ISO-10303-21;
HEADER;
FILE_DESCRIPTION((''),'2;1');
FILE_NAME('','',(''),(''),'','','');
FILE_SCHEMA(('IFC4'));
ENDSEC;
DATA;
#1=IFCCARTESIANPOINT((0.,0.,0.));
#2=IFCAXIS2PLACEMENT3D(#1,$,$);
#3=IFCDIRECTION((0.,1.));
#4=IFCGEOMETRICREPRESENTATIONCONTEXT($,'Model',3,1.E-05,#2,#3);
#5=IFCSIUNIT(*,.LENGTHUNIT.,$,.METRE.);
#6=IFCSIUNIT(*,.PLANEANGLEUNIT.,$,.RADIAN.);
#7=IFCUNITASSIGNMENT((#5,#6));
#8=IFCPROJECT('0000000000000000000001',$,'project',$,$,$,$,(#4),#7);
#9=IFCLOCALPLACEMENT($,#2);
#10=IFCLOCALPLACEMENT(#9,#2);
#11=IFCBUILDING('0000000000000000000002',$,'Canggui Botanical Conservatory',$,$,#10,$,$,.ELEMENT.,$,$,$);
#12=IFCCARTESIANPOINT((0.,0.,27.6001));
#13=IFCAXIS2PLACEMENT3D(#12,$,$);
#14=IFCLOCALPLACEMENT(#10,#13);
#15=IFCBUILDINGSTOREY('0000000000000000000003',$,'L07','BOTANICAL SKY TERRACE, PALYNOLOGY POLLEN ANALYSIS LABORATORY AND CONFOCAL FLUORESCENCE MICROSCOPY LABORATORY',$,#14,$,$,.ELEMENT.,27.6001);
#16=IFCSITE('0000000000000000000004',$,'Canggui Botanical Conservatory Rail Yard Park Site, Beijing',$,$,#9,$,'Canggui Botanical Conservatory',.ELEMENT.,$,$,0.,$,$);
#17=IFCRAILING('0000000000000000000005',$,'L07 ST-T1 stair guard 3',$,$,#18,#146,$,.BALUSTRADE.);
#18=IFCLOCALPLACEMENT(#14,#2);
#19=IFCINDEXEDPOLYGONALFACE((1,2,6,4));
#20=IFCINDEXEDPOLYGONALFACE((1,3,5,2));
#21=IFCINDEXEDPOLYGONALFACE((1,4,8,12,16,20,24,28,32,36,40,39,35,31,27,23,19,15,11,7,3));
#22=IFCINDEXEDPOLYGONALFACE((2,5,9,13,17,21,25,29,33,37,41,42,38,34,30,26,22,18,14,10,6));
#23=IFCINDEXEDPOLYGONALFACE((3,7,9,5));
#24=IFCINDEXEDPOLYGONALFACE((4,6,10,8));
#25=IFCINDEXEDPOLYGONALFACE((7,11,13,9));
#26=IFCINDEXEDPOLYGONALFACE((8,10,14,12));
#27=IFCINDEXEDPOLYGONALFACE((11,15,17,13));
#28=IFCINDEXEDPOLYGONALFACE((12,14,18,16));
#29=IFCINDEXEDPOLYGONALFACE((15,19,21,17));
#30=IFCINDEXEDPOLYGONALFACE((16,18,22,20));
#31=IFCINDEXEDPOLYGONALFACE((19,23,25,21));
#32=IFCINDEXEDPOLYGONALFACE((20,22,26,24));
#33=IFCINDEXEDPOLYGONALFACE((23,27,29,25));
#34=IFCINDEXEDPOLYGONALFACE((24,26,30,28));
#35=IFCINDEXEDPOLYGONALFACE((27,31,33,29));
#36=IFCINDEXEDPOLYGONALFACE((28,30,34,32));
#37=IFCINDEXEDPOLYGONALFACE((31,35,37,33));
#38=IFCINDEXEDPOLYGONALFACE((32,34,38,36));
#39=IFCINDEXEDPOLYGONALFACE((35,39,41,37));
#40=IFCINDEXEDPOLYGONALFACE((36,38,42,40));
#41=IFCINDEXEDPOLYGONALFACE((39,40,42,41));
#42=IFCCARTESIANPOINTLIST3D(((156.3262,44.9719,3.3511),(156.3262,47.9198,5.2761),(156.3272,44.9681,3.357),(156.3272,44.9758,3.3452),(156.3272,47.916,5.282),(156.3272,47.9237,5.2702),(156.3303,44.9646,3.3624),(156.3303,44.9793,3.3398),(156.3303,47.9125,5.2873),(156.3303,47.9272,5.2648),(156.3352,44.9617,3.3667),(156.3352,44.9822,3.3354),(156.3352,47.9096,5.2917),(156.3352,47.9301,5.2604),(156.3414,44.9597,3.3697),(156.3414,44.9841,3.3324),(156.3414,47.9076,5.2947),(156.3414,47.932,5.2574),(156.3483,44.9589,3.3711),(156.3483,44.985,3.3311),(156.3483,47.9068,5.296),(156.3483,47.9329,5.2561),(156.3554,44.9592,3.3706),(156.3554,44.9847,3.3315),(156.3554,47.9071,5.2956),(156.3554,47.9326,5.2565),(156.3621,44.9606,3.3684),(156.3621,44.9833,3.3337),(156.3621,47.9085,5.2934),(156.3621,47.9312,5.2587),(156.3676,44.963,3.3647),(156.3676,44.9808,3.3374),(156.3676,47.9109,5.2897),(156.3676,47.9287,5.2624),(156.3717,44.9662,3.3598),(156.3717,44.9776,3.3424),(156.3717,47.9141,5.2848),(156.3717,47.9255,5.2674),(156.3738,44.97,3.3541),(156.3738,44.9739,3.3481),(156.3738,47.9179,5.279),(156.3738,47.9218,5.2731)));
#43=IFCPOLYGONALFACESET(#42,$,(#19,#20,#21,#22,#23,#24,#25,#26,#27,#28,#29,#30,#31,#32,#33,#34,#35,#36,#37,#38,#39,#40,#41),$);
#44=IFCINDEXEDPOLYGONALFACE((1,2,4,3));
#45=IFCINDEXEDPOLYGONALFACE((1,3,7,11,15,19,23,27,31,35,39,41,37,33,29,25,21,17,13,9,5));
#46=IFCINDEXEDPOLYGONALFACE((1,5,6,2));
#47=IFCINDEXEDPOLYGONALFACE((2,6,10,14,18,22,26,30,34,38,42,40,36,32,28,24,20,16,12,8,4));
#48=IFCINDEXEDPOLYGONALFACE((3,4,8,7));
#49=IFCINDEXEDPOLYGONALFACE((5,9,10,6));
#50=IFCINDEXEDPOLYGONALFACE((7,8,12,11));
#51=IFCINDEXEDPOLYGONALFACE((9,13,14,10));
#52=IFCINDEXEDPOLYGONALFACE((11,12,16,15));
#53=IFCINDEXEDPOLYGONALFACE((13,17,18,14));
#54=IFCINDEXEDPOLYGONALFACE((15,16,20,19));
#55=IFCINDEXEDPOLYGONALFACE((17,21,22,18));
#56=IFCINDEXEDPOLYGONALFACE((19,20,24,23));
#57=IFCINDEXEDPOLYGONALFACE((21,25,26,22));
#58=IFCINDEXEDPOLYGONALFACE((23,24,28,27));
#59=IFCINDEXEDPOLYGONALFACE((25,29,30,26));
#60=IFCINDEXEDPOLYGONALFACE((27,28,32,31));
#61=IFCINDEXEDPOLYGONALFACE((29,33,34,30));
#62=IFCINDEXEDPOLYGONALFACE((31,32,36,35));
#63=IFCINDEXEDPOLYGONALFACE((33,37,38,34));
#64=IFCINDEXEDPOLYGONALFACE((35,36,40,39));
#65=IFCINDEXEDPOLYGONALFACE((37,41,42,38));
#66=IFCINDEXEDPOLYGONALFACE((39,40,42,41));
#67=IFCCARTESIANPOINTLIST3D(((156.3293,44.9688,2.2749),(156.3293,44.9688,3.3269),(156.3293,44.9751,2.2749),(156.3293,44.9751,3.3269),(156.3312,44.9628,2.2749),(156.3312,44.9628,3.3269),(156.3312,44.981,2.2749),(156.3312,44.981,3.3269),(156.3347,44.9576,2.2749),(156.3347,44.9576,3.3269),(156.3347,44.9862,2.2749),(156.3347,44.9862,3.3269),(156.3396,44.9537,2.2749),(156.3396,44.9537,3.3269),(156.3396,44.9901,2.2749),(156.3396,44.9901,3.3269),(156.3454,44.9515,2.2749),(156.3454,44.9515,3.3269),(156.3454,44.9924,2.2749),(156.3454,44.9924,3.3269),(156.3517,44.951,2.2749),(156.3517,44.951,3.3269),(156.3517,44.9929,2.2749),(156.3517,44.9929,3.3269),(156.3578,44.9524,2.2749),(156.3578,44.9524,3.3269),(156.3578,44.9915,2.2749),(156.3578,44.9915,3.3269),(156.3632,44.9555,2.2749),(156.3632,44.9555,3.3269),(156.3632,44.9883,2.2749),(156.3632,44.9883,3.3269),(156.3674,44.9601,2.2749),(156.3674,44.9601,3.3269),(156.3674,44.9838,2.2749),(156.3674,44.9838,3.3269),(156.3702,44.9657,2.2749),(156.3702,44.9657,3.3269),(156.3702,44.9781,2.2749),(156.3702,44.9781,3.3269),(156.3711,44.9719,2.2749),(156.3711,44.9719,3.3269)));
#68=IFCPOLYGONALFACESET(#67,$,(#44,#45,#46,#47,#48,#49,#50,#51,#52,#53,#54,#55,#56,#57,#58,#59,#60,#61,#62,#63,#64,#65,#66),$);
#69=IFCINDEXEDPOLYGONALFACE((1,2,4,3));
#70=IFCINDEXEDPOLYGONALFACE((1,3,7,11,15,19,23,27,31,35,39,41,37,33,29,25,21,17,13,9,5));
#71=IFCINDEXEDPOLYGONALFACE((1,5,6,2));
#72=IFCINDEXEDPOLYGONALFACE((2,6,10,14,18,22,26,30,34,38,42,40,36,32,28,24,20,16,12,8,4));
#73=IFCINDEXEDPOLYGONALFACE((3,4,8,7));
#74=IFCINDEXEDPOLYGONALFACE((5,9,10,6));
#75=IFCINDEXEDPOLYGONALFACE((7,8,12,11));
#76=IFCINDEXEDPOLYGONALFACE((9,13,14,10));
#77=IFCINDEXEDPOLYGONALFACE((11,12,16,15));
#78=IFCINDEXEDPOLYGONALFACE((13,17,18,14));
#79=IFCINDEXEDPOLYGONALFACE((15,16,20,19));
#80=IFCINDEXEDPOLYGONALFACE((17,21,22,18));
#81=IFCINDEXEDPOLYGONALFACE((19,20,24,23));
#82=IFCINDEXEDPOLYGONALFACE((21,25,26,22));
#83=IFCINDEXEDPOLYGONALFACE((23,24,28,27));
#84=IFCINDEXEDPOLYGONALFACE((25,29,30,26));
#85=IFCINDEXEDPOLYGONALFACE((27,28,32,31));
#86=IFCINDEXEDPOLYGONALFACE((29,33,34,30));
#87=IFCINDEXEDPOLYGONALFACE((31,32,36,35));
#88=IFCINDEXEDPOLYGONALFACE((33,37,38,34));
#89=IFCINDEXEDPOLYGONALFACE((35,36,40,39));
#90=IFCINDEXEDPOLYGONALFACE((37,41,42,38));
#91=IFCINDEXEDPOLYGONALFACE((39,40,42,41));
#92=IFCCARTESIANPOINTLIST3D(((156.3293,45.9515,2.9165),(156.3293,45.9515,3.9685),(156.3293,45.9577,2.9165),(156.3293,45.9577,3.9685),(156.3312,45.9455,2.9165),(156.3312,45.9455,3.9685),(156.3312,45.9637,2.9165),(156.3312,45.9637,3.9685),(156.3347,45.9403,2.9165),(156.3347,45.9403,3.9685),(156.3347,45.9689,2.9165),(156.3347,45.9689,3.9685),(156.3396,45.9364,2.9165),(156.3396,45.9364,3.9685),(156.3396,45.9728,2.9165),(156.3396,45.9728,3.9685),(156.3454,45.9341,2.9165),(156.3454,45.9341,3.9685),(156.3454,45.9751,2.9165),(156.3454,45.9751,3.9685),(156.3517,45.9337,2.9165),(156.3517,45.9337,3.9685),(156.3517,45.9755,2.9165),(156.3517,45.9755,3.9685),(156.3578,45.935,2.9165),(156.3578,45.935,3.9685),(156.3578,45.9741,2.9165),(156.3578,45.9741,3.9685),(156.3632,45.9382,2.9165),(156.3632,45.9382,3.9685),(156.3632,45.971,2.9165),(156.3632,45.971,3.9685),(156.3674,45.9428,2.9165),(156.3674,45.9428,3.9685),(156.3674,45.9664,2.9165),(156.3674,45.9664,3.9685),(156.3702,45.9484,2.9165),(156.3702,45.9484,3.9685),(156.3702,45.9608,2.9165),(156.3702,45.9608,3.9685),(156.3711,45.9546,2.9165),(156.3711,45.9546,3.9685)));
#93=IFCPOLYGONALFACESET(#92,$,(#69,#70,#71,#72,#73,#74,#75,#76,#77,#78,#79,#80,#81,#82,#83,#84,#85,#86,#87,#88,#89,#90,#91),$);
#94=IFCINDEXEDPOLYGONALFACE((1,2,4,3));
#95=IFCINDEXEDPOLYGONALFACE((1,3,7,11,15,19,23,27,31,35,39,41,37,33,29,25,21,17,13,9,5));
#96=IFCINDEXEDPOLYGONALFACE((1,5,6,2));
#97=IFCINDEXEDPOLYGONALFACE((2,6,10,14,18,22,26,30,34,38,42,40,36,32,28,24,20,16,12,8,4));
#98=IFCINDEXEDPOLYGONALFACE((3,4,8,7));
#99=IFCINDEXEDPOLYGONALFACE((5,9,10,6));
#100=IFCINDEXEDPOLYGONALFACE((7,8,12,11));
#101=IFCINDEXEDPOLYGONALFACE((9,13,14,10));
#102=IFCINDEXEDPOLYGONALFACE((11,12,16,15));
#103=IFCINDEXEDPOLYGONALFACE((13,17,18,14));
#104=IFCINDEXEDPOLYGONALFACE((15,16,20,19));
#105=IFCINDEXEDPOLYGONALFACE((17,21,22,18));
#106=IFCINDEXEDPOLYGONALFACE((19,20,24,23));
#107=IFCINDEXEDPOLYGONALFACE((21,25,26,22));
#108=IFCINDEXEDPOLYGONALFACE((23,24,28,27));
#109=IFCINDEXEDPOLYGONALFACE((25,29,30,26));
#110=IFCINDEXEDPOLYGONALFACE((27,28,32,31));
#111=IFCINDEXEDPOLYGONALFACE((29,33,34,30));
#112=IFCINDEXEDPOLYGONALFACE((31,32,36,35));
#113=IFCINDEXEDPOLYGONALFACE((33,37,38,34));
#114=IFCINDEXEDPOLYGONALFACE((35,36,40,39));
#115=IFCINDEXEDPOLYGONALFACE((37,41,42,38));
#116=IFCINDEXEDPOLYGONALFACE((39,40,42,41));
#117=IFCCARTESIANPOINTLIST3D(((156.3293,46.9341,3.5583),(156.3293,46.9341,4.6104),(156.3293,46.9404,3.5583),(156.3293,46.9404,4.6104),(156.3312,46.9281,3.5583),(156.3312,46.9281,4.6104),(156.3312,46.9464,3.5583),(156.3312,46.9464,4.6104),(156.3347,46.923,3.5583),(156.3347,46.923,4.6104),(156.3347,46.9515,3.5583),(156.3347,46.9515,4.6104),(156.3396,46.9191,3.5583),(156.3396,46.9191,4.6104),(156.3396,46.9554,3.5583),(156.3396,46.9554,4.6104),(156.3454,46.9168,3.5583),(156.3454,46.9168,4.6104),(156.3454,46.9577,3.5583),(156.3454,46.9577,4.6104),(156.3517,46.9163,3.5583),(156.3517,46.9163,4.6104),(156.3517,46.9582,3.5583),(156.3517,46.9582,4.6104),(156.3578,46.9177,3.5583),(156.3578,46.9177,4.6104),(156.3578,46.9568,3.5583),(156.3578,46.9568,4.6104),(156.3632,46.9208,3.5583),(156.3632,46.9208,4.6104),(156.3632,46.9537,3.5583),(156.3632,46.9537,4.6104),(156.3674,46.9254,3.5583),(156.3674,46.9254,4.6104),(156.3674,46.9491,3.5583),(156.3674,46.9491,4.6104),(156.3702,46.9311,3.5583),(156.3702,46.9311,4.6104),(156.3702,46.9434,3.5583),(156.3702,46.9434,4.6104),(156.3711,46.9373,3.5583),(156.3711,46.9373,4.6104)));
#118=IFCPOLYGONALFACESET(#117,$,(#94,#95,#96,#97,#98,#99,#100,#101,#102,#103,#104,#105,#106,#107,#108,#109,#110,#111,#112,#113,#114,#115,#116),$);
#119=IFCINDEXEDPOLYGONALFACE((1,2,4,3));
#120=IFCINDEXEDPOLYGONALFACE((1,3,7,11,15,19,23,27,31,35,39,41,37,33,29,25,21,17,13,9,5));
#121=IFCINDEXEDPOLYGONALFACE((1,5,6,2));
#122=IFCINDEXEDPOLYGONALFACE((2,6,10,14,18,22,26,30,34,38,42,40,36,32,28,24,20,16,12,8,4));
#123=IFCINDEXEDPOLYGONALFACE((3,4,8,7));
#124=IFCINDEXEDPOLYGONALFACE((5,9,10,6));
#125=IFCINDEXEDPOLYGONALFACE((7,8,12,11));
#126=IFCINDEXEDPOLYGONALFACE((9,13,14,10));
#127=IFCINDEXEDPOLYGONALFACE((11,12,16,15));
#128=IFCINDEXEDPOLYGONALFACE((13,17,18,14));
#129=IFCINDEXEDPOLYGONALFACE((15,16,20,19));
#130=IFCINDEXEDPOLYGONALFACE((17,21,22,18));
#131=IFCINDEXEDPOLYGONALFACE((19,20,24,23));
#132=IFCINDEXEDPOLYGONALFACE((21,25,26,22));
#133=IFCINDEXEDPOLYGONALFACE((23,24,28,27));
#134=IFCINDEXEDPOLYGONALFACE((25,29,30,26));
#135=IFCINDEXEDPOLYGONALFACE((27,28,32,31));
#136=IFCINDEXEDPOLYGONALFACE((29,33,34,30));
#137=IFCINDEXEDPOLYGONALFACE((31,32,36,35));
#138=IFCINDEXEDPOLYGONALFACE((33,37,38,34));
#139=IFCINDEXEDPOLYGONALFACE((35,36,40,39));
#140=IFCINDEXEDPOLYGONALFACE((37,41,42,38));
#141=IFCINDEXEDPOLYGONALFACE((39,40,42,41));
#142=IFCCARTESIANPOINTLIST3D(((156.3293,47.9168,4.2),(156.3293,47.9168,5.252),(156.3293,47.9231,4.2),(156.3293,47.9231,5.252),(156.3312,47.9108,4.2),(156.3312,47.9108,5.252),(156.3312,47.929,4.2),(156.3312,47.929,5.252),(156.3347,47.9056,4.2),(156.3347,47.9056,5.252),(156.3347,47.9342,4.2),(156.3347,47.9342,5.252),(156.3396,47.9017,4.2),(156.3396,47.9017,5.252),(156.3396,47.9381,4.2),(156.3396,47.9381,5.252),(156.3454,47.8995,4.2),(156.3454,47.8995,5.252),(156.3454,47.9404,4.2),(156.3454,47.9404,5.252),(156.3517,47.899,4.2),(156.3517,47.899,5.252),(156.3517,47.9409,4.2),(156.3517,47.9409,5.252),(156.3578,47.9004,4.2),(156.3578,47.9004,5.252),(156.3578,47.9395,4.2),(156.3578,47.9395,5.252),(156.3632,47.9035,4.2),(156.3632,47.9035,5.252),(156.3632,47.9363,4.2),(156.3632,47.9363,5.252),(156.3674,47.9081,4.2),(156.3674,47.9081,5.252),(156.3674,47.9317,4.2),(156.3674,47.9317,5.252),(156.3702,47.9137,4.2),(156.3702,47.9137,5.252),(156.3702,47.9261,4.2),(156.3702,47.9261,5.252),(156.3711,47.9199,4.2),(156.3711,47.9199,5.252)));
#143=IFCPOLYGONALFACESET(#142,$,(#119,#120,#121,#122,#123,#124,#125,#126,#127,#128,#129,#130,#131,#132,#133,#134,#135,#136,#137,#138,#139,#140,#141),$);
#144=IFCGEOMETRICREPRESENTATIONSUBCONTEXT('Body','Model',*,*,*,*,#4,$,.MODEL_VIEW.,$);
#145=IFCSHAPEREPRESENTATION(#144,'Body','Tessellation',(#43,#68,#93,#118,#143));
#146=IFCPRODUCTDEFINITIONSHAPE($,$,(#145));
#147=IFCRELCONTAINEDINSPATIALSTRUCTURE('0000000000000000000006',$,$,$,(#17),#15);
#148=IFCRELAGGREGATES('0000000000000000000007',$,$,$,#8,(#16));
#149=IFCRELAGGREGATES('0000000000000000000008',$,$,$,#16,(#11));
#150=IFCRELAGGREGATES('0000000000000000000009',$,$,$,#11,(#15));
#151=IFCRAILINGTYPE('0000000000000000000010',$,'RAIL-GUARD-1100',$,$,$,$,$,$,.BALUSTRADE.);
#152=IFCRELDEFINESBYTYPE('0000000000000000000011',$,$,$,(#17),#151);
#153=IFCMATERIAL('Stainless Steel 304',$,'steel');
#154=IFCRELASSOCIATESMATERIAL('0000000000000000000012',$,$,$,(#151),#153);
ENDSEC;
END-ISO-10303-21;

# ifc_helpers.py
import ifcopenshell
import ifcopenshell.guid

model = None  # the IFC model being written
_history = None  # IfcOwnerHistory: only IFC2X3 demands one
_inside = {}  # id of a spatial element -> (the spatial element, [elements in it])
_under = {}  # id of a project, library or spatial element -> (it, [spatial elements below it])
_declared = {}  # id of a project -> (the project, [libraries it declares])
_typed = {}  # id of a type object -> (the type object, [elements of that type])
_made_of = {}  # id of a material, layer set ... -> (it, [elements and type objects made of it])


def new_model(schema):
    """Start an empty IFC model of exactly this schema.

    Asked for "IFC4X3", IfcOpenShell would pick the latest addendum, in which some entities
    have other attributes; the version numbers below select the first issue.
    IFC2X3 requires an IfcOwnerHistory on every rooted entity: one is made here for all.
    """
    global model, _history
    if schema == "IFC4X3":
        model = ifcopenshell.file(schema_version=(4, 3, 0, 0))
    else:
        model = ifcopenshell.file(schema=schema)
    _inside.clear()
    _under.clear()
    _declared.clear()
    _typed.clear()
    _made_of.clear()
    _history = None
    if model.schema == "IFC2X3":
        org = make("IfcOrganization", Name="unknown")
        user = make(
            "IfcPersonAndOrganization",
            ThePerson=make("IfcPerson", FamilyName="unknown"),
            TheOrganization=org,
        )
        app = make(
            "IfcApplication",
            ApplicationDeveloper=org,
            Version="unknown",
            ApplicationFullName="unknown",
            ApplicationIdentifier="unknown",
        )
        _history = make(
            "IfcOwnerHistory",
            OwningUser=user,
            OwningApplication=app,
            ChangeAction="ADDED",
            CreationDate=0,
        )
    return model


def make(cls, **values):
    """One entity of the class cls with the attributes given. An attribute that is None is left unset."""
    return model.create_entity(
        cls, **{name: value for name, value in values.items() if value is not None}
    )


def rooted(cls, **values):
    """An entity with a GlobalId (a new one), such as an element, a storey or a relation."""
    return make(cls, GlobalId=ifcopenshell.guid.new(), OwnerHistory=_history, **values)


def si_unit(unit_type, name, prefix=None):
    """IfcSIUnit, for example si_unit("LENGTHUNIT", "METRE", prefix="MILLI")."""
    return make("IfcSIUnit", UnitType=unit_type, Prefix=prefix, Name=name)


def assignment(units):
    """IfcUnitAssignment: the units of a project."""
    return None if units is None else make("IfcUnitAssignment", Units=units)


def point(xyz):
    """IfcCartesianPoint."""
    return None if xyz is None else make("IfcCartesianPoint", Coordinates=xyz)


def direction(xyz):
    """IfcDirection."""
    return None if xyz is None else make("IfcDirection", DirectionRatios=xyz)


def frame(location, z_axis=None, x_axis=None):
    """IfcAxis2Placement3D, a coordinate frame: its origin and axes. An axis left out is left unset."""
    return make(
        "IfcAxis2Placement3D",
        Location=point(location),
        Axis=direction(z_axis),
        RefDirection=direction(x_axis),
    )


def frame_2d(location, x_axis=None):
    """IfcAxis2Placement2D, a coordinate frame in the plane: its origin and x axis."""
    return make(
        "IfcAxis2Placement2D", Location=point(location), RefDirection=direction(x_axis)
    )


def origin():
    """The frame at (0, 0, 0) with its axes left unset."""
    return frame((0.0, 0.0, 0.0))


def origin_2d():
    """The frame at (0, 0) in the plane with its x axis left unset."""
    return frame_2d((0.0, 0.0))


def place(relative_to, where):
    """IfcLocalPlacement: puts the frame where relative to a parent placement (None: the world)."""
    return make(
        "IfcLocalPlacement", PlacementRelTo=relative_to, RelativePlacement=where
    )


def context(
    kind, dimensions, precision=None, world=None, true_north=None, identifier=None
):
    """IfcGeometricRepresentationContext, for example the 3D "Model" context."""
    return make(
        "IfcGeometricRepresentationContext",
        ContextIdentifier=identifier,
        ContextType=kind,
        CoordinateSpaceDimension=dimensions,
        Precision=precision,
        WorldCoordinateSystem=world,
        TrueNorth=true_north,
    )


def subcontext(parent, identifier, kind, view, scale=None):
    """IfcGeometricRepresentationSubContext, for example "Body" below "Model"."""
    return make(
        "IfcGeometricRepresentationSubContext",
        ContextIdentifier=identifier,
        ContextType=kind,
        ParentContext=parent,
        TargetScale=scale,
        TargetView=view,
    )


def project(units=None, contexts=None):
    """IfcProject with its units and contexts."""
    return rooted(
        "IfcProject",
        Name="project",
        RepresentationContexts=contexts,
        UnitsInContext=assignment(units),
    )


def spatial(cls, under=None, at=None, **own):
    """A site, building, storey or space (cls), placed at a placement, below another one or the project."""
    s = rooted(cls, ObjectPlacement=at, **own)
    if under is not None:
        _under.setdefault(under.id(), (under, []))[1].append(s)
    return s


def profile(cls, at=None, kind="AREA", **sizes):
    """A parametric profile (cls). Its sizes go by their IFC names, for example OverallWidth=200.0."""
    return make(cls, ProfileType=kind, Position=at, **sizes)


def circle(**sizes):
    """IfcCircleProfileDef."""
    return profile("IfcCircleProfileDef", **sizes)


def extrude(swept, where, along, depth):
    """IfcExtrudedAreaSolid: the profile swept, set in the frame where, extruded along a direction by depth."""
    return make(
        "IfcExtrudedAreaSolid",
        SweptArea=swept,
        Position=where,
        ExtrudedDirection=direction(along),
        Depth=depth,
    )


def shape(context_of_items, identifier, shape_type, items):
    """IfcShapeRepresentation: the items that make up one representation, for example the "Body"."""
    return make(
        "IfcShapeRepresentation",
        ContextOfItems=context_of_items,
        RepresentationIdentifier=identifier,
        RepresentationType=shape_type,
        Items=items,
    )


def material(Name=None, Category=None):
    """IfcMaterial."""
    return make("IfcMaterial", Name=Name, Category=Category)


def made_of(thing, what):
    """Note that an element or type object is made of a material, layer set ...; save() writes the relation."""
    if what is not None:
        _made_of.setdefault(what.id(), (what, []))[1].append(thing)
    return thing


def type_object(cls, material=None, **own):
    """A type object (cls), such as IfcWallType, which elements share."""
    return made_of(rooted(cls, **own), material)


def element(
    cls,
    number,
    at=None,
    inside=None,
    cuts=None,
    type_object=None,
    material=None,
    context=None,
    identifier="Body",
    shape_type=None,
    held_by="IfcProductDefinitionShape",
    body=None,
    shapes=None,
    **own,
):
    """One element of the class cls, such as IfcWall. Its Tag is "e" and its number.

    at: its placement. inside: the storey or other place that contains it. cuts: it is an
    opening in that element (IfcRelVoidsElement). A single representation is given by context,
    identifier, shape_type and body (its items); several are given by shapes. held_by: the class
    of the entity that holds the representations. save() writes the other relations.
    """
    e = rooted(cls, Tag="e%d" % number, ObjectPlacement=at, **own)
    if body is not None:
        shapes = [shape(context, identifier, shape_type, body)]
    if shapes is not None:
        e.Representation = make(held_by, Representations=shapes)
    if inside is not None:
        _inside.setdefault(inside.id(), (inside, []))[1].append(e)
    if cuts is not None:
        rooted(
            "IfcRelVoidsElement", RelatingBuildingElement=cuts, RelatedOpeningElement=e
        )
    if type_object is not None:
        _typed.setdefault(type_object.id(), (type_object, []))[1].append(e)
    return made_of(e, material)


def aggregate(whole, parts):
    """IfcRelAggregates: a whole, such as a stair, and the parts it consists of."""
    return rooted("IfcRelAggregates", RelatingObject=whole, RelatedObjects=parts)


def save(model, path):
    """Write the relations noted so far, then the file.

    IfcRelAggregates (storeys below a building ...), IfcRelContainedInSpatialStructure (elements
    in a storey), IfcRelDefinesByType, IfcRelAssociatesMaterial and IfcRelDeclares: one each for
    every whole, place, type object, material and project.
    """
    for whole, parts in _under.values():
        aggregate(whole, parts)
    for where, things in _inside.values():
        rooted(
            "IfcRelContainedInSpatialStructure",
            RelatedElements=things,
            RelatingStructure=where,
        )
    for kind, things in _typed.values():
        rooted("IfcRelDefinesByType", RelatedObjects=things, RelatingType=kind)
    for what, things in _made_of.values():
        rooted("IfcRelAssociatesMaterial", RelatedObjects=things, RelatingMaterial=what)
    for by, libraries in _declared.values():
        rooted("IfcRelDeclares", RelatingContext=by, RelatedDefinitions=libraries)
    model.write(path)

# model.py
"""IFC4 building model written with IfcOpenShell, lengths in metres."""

from ifc_helpers import new_model, si_unit, direction, frame, origin, origin_2d, place, context, subcontext, project, spatial, circle, extrude, material, type_object, element, save


model = new_model("IFC4")

# Units and contexts
model_context = context("Model", 3, precision=1e-05, world=origin(), true_north=direction((0.0, 1.0)))
body_context = subcontext(model_context, "Body", "Model", "MODEL_VIEW")
ifc_project = project(units=[si_unit("LENGTHUNIT", "METRE"), si_unit("PLANEANGLEUNIT", "RADIAN")], contexts=[model_context])

# Site, building, storey
site_placement = place(None, origin())
site = spatial("IfcSite", under=ifc_project, at=site_placement, Name="Canggui Botanical Conservatory Rail Yard Park Site, Beijing", LongName="Canggui Botanical Conservatory", CompositionType="ELEMENT", RefElevation=0.0)
building_placement = place(site_placement, origin())
building = spatial("IfcBuilding", under=site, at=building_placement, Name="Canggui Botanical Conservatory", CompositionType="ELEMENT")
storey_placement = place(building_placement, frame((0.0, 0.0, 27.6001)))
storey = spatial("IfcBuildingStorey", under=building, at=storey_placement, Name="L07", Description="BOTANICAL SKY TERRACE, PALYNOLOGY POLLEN ANALYSIS LABORATORY AND CONFOCAL FLUORESCENCE MICROSCOPY LABORATORY", CompositionType="ELEMENT", Elevation=27.6001)

# Shared definitions
ifc_material_1 = material(Name="Stainless Steel 304", Category="steel")

# Railing
railing_type_1 = type_object("IfcRailingType", Name="RAIL-GUARD-1100", PredefinedType="BALUSTRADE", material=ifc_material_1)
railing_1_placement = place(storey_placement, frame((156.3501, 44.9719, 2.2749)))
element("IfcRailing", 1, at=railing_1_placement, inside=storey, type_object=railing_type_1, Name="L07 ST-T1 stair guard 3", PredefinedType="BALUSTRADE", context=body_context, shape_type="SweptSolid", body=[
    extrude(circle(Radius=0.0239, at=origin_2d()), frame((0.0, 0.0, 1.0762), z_axis=(0.0, 0.837293, 0.546754), x_axis=(-1.0, 0.0, 0.0)), (0.0, 0.0, 1.0), 3.5208),
    extrude(circle(Radius=0.021, at=origin_2d()), origin(), (0.0, 0.0, 1.0), 1.052),
    extrude(circle(Radius=0.021, at=origin_2d()), frame((0.0, 0.9827, 0.6416)), (0.0, 0.0, 1.0), 1.052),
    extrude(circle(Radius=0.021, at=origin_2d()), frame((0.0, 1.9653, 1.2834)), (0.0, 0.0, 1.0), 1.052),
    extrude(circle(Radius=0.021, at=origin_2d()), frame((0.0, 2.948, 1.925)), (0.0, 0.0, 1.0), 1.052),
])

save(model, "model.ifc")
